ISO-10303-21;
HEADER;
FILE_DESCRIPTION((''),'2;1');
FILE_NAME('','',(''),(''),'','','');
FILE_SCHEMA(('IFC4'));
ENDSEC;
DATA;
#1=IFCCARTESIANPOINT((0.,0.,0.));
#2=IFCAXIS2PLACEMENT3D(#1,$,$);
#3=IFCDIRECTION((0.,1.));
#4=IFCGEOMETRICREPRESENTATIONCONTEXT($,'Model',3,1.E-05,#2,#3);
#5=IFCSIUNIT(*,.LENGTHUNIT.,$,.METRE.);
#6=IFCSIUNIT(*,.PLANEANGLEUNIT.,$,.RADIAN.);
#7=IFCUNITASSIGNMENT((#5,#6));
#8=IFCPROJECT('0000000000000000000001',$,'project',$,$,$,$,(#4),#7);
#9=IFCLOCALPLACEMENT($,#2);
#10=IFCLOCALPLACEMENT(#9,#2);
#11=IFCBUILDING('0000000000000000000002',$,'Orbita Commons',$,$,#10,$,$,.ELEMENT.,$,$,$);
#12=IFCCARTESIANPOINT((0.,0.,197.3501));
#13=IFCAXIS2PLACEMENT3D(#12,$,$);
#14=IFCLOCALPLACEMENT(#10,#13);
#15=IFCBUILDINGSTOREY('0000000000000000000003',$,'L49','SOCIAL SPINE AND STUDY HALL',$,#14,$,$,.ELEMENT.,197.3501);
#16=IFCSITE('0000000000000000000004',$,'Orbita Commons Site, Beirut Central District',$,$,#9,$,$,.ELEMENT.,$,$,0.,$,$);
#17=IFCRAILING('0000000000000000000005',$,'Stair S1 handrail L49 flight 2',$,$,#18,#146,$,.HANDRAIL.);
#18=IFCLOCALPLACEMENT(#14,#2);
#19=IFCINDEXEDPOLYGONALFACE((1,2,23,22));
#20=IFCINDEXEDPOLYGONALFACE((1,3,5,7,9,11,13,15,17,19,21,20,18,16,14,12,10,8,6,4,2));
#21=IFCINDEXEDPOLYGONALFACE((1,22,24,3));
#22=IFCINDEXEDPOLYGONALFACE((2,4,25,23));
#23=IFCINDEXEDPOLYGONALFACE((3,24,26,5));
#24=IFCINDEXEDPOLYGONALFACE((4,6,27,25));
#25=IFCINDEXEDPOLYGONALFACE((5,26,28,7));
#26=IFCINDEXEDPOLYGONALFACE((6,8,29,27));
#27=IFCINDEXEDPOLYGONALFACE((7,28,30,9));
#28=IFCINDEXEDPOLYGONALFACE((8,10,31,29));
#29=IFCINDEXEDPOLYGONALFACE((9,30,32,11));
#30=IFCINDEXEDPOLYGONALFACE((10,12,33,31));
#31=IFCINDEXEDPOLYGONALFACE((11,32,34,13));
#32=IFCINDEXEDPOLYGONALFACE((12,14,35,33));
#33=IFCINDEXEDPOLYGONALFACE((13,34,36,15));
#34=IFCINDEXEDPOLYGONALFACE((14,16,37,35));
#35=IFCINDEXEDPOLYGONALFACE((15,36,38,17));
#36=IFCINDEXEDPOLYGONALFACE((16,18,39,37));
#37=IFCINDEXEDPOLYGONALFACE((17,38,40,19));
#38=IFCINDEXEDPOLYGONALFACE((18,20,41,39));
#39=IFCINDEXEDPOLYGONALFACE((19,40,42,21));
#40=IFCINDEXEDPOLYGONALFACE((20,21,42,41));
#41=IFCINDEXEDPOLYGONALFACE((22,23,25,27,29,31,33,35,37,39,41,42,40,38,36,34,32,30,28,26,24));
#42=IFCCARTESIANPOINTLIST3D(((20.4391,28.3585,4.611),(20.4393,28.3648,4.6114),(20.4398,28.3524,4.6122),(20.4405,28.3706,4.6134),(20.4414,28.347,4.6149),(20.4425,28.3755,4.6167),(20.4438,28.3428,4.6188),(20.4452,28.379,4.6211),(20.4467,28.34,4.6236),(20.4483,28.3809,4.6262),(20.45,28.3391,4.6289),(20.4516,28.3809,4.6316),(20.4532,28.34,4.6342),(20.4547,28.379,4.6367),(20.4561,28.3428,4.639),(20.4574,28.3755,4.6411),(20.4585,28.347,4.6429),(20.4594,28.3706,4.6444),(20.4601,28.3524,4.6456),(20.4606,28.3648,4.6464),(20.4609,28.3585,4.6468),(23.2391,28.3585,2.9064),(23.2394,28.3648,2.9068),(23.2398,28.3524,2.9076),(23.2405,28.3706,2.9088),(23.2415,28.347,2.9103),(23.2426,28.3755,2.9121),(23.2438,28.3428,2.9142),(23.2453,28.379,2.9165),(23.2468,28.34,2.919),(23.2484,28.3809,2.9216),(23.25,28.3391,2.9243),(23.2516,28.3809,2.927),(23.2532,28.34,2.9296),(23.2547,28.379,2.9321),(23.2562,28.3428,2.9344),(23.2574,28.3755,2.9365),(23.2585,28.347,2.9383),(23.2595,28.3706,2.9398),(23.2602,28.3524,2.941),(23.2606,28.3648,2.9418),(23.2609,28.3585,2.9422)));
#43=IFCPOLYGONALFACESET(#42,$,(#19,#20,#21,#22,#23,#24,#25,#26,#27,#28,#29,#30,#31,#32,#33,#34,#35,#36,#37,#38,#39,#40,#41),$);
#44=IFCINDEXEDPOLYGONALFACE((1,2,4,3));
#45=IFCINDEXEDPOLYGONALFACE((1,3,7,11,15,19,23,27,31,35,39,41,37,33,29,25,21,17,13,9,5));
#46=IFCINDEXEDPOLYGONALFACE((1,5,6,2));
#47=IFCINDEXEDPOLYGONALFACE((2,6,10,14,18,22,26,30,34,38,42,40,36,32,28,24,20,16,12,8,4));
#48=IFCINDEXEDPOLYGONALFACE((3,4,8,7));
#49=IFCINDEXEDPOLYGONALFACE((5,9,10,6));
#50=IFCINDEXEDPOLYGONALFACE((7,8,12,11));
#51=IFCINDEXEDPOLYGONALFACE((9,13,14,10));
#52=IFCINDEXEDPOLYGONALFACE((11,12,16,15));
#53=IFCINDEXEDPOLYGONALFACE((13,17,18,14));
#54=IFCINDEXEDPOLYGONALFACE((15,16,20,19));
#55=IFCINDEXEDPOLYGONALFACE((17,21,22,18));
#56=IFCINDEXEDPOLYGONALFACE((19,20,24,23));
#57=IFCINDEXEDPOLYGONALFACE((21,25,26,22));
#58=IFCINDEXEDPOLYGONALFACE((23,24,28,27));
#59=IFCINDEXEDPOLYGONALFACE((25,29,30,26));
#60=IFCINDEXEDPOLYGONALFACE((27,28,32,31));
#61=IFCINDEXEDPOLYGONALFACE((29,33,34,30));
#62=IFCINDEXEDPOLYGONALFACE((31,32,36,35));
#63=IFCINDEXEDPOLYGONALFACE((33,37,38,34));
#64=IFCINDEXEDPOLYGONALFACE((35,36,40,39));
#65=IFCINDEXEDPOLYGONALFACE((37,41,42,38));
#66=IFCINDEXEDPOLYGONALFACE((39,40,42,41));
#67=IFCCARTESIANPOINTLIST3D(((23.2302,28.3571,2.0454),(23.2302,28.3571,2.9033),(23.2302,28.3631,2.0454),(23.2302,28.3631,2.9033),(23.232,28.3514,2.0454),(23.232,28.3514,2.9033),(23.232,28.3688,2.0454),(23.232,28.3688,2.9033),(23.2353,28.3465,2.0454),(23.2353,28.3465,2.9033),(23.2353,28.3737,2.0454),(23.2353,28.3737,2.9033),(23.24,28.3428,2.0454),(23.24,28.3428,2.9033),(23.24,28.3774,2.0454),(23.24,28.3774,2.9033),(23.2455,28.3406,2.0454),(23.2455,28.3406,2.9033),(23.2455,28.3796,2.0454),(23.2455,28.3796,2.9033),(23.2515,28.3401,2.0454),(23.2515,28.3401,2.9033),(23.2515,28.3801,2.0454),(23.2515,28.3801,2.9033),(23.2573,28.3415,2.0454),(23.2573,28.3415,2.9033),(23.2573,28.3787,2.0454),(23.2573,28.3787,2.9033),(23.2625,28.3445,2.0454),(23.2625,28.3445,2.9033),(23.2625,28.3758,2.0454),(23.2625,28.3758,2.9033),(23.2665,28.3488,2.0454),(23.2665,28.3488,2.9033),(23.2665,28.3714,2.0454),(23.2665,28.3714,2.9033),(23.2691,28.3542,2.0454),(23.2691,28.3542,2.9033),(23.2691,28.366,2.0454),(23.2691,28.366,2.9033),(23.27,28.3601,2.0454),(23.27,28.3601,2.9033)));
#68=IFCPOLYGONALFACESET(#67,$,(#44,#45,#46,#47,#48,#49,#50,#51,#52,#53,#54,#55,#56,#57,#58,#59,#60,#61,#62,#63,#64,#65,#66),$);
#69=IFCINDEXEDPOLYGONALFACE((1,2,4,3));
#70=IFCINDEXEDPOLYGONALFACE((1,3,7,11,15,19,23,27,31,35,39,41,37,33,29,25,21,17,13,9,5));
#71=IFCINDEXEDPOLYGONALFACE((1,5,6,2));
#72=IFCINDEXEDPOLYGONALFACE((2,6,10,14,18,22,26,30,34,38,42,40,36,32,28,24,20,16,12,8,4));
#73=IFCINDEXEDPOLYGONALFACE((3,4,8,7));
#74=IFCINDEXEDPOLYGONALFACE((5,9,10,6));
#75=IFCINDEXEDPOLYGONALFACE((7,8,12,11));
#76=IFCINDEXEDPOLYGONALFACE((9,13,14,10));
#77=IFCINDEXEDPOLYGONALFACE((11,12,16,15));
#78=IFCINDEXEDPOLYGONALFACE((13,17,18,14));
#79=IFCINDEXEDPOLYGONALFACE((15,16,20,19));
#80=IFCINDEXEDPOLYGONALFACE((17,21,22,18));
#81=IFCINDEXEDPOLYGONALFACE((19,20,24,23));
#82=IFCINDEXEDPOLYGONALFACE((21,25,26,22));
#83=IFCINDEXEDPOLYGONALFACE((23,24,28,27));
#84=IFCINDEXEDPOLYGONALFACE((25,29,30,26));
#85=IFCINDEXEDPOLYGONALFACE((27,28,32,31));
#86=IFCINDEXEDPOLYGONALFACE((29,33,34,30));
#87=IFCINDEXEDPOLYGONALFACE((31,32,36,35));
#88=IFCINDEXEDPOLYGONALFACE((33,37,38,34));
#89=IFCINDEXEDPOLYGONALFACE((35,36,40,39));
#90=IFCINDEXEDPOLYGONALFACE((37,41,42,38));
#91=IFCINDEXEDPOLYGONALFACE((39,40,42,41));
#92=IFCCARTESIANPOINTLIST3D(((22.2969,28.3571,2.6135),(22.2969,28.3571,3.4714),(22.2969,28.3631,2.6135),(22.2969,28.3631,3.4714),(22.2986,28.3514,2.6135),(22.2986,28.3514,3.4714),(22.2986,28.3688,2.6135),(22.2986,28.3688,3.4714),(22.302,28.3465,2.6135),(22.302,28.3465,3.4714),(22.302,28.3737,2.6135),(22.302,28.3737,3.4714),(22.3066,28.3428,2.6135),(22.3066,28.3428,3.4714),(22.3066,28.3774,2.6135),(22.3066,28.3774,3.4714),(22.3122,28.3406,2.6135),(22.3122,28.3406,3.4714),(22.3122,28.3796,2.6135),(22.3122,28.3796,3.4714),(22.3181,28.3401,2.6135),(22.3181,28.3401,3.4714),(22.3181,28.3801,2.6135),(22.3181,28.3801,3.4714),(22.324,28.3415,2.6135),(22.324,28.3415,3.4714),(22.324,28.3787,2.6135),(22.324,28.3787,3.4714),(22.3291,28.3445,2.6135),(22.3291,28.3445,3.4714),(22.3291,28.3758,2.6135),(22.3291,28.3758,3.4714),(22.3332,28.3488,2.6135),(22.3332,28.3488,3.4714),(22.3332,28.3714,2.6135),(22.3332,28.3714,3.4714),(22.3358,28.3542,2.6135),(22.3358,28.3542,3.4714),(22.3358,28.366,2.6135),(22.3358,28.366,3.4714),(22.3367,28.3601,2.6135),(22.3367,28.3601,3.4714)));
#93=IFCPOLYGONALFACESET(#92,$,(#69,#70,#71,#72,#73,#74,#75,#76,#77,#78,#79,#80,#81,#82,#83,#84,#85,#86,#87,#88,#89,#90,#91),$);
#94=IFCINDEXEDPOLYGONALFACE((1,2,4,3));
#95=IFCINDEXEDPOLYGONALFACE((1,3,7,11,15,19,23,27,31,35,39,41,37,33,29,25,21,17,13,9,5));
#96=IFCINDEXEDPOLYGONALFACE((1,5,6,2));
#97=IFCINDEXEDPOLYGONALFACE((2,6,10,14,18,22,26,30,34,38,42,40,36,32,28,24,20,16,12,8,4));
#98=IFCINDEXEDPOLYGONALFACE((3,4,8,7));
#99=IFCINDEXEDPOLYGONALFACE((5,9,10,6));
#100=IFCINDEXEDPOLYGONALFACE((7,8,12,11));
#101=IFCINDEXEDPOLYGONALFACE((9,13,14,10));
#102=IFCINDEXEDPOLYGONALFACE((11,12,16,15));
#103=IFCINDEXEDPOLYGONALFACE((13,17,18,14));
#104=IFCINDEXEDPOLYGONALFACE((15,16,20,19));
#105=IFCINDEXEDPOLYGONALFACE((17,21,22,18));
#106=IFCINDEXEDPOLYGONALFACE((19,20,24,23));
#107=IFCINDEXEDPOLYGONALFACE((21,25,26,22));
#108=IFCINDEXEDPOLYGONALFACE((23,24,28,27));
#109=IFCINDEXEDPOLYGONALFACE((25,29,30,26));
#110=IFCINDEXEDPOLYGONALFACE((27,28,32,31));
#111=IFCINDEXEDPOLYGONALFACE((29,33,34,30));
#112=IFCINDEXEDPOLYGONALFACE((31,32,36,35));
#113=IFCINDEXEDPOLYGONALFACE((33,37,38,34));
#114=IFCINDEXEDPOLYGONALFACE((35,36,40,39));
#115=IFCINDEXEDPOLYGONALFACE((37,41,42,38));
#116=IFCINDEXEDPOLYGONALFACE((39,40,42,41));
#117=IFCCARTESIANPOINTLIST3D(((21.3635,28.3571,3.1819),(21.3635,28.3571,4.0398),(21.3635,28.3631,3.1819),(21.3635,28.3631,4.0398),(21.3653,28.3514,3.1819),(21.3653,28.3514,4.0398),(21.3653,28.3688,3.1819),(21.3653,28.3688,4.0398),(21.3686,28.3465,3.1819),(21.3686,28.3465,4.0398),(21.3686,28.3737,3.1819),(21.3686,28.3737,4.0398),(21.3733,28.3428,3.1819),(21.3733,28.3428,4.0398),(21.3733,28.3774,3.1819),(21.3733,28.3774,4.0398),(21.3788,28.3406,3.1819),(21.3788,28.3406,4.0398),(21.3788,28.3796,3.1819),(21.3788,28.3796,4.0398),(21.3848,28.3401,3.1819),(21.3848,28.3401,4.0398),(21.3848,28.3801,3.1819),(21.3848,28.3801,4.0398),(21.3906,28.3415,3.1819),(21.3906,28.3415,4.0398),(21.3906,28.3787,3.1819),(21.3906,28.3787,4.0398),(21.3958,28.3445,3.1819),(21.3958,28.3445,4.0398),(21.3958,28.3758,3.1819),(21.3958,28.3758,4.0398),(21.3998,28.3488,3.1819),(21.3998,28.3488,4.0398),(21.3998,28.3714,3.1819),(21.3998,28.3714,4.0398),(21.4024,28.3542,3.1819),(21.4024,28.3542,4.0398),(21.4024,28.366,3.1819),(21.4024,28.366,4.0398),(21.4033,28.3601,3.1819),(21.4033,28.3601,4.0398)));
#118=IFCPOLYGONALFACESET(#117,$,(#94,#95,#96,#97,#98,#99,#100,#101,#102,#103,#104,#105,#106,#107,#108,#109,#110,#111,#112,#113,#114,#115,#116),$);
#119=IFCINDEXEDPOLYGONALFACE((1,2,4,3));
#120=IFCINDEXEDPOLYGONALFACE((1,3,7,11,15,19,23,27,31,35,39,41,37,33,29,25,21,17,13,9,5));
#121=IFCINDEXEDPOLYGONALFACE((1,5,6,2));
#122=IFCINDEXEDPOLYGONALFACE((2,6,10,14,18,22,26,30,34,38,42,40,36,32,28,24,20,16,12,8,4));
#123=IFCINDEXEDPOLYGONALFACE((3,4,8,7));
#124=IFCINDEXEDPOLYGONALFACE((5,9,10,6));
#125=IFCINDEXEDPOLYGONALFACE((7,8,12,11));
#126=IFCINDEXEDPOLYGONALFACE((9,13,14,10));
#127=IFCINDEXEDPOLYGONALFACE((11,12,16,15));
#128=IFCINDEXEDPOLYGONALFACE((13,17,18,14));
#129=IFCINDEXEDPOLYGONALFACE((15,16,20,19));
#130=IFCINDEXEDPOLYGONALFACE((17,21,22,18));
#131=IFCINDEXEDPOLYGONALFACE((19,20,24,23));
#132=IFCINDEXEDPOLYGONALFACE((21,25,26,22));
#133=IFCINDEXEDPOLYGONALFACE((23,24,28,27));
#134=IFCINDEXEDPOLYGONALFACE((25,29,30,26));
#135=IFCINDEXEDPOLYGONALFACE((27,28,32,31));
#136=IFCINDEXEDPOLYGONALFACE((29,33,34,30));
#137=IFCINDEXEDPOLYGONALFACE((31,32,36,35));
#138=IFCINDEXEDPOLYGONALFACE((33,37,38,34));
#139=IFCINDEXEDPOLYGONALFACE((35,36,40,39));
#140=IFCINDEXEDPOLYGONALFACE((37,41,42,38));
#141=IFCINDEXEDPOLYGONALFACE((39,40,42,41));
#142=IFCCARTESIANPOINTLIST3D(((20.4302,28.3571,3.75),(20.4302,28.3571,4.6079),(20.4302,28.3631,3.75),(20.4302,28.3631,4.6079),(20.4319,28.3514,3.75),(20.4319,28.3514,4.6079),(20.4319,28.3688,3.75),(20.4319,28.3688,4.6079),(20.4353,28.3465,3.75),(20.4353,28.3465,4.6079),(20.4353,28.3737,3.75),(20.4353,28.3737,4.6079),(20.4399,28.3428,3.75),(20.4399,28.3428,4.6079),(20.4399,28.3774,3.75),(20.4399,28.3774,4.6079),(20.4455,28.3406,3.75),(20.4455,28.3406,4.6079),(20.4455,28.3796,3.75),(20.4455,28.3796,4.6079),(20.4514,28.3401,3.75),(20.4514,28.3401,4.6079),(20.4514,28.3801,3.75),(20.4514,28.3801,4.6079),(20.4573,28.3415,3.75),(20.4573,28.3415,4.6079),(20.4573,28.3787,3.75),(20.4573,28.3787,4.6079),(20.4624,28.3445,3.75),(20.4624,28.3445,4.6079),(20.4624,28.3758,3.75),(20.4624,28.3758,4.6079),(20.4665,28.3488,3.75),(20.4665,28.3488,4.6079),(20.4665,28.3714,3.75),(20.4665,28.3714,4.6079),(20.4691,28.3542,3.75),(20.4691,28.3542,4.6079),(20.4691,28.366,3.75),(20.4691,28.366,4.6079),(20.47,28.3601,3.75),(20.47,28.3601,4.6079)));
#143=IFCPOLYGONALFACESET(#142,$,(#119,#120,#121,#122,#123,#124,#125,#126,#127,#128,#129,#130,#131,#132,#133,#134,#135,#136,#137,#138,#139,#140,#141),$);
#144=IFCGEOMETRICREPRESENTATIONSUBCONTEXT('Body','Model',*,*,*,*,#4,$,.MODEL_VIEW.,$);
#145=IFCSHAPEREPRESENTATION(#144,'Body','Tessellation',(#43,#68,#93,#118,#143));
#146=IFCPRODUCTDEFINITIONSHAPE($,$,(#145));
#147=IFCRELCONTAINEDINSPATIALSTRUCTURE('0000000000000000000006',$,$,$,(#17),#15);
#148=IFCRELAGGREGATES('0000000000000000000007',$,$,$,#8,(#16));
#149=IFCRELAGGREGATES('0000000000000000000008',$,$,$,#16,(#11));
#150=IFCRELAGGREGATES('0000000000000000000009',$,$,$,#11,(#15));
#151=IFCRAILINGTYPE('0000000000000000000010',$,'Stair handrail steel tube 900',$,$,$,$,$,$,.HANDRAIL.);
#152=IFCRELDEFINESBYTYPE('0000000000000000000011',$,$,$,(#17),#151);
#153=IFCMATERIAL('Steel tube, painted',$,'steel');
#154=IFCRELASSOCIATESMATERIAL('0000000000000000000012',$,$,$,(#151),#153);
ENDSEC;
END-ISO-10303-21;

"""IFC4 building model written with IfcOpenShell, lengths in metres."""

from ifc_helpers import new_model, si_unit, direction, frame, origin, origin_2d, place, context, subcontext, project, spatial, circle, extrude, material, type_object, element, save


model = new_model("IFC4")

# Units and contexts
model_context = context("Model", 3, precision=1e-05, world=origin(), true_north=direction((0.0, 1.0)))
body_context = subcontext(model_context, "Body", "Model", "MODEL_VIEW")
ifc_project = project(units=[si_unit("LENGTHUNIT", "METRE"), si_unit("PLANEANGLEUNIT", "RADIAN")], contexts=[model_context])

# Site, building, storey
site_placement = place(None, origin())
site = spatial("IfcSite", under=ifc_project, at=site_placement, Name="Orbita Commons Site, Beirut Central District", CompositionType="ELEMENT", RefElevation=0.0)
building_placement = place(site_placement, origin())
building = spatial("IfcBuilding", under=site, at=building_placement, Name="Orbita Commons", CompositionType="ELEMENT")
storey_placement = place(building_placement, frame((0.0, 0.0, 197.3501)))
storey = spatial("IfcBuildingStorey", under=building, at=storey_placement, Name="L49", Description="SOCIAL SPINE AND STUDY HALL", CompositionType="ELEMENT", Elevation=197.3501)

# Railing
ifc_material_1 = material(Name="Steel tube, painted", Category="steel")
railing_type = type_object("IfcRailingType", Name="Stair handrail steel tube 900", PredefinedType="HANDRAIL", material=ifc_material_1)
for number, where, name in (
    (1, (23.25, 28.3601, 2.0454), "Stair S1 handrail L49 flight 2"),
):
    element("IfcRailing", number, at=place(storey_placement, frame(where)), inside=storey, type_object=railing_type, Name=name, PredefinedType="HANDRAIL", context=body_context, shape_type="SweptSolid", body=[
        extrude(circle(Radius=0.021, at=origin_2d()), frame((0.0, 0.0, 0.8789), z_axis=(-0.85417, 0.0, 0.519994), x_axis=(0.0, -1.0, 0.0)), (0.0, 0.0, 1.0), 3.2781),
        extrude(circle(Radius=0.02, at=origin_2d()), origin(), (0.0, 0.0, 1.0), 0.8579),
        extrude(circle(Radius=0.02, at=origin_2d()), frame((-0.9333, 0.0, 0.5681)), (0.0, 0.0, 1.0), 0.8579),
        extrude(circle(Radius=0.02, at=origin_2d()), frame((-1.8667, 0.0, 1.1365)), (0.0, 0.0, 1.0), 0.8579),
        extrude(circle(Radius=0.02, at=origin_2d()), frame((-2.8, 0.0, 1.7046)), (0.0, 0.0, 1.0), 0.8579),
    ])

save(model, "model.ifc")
